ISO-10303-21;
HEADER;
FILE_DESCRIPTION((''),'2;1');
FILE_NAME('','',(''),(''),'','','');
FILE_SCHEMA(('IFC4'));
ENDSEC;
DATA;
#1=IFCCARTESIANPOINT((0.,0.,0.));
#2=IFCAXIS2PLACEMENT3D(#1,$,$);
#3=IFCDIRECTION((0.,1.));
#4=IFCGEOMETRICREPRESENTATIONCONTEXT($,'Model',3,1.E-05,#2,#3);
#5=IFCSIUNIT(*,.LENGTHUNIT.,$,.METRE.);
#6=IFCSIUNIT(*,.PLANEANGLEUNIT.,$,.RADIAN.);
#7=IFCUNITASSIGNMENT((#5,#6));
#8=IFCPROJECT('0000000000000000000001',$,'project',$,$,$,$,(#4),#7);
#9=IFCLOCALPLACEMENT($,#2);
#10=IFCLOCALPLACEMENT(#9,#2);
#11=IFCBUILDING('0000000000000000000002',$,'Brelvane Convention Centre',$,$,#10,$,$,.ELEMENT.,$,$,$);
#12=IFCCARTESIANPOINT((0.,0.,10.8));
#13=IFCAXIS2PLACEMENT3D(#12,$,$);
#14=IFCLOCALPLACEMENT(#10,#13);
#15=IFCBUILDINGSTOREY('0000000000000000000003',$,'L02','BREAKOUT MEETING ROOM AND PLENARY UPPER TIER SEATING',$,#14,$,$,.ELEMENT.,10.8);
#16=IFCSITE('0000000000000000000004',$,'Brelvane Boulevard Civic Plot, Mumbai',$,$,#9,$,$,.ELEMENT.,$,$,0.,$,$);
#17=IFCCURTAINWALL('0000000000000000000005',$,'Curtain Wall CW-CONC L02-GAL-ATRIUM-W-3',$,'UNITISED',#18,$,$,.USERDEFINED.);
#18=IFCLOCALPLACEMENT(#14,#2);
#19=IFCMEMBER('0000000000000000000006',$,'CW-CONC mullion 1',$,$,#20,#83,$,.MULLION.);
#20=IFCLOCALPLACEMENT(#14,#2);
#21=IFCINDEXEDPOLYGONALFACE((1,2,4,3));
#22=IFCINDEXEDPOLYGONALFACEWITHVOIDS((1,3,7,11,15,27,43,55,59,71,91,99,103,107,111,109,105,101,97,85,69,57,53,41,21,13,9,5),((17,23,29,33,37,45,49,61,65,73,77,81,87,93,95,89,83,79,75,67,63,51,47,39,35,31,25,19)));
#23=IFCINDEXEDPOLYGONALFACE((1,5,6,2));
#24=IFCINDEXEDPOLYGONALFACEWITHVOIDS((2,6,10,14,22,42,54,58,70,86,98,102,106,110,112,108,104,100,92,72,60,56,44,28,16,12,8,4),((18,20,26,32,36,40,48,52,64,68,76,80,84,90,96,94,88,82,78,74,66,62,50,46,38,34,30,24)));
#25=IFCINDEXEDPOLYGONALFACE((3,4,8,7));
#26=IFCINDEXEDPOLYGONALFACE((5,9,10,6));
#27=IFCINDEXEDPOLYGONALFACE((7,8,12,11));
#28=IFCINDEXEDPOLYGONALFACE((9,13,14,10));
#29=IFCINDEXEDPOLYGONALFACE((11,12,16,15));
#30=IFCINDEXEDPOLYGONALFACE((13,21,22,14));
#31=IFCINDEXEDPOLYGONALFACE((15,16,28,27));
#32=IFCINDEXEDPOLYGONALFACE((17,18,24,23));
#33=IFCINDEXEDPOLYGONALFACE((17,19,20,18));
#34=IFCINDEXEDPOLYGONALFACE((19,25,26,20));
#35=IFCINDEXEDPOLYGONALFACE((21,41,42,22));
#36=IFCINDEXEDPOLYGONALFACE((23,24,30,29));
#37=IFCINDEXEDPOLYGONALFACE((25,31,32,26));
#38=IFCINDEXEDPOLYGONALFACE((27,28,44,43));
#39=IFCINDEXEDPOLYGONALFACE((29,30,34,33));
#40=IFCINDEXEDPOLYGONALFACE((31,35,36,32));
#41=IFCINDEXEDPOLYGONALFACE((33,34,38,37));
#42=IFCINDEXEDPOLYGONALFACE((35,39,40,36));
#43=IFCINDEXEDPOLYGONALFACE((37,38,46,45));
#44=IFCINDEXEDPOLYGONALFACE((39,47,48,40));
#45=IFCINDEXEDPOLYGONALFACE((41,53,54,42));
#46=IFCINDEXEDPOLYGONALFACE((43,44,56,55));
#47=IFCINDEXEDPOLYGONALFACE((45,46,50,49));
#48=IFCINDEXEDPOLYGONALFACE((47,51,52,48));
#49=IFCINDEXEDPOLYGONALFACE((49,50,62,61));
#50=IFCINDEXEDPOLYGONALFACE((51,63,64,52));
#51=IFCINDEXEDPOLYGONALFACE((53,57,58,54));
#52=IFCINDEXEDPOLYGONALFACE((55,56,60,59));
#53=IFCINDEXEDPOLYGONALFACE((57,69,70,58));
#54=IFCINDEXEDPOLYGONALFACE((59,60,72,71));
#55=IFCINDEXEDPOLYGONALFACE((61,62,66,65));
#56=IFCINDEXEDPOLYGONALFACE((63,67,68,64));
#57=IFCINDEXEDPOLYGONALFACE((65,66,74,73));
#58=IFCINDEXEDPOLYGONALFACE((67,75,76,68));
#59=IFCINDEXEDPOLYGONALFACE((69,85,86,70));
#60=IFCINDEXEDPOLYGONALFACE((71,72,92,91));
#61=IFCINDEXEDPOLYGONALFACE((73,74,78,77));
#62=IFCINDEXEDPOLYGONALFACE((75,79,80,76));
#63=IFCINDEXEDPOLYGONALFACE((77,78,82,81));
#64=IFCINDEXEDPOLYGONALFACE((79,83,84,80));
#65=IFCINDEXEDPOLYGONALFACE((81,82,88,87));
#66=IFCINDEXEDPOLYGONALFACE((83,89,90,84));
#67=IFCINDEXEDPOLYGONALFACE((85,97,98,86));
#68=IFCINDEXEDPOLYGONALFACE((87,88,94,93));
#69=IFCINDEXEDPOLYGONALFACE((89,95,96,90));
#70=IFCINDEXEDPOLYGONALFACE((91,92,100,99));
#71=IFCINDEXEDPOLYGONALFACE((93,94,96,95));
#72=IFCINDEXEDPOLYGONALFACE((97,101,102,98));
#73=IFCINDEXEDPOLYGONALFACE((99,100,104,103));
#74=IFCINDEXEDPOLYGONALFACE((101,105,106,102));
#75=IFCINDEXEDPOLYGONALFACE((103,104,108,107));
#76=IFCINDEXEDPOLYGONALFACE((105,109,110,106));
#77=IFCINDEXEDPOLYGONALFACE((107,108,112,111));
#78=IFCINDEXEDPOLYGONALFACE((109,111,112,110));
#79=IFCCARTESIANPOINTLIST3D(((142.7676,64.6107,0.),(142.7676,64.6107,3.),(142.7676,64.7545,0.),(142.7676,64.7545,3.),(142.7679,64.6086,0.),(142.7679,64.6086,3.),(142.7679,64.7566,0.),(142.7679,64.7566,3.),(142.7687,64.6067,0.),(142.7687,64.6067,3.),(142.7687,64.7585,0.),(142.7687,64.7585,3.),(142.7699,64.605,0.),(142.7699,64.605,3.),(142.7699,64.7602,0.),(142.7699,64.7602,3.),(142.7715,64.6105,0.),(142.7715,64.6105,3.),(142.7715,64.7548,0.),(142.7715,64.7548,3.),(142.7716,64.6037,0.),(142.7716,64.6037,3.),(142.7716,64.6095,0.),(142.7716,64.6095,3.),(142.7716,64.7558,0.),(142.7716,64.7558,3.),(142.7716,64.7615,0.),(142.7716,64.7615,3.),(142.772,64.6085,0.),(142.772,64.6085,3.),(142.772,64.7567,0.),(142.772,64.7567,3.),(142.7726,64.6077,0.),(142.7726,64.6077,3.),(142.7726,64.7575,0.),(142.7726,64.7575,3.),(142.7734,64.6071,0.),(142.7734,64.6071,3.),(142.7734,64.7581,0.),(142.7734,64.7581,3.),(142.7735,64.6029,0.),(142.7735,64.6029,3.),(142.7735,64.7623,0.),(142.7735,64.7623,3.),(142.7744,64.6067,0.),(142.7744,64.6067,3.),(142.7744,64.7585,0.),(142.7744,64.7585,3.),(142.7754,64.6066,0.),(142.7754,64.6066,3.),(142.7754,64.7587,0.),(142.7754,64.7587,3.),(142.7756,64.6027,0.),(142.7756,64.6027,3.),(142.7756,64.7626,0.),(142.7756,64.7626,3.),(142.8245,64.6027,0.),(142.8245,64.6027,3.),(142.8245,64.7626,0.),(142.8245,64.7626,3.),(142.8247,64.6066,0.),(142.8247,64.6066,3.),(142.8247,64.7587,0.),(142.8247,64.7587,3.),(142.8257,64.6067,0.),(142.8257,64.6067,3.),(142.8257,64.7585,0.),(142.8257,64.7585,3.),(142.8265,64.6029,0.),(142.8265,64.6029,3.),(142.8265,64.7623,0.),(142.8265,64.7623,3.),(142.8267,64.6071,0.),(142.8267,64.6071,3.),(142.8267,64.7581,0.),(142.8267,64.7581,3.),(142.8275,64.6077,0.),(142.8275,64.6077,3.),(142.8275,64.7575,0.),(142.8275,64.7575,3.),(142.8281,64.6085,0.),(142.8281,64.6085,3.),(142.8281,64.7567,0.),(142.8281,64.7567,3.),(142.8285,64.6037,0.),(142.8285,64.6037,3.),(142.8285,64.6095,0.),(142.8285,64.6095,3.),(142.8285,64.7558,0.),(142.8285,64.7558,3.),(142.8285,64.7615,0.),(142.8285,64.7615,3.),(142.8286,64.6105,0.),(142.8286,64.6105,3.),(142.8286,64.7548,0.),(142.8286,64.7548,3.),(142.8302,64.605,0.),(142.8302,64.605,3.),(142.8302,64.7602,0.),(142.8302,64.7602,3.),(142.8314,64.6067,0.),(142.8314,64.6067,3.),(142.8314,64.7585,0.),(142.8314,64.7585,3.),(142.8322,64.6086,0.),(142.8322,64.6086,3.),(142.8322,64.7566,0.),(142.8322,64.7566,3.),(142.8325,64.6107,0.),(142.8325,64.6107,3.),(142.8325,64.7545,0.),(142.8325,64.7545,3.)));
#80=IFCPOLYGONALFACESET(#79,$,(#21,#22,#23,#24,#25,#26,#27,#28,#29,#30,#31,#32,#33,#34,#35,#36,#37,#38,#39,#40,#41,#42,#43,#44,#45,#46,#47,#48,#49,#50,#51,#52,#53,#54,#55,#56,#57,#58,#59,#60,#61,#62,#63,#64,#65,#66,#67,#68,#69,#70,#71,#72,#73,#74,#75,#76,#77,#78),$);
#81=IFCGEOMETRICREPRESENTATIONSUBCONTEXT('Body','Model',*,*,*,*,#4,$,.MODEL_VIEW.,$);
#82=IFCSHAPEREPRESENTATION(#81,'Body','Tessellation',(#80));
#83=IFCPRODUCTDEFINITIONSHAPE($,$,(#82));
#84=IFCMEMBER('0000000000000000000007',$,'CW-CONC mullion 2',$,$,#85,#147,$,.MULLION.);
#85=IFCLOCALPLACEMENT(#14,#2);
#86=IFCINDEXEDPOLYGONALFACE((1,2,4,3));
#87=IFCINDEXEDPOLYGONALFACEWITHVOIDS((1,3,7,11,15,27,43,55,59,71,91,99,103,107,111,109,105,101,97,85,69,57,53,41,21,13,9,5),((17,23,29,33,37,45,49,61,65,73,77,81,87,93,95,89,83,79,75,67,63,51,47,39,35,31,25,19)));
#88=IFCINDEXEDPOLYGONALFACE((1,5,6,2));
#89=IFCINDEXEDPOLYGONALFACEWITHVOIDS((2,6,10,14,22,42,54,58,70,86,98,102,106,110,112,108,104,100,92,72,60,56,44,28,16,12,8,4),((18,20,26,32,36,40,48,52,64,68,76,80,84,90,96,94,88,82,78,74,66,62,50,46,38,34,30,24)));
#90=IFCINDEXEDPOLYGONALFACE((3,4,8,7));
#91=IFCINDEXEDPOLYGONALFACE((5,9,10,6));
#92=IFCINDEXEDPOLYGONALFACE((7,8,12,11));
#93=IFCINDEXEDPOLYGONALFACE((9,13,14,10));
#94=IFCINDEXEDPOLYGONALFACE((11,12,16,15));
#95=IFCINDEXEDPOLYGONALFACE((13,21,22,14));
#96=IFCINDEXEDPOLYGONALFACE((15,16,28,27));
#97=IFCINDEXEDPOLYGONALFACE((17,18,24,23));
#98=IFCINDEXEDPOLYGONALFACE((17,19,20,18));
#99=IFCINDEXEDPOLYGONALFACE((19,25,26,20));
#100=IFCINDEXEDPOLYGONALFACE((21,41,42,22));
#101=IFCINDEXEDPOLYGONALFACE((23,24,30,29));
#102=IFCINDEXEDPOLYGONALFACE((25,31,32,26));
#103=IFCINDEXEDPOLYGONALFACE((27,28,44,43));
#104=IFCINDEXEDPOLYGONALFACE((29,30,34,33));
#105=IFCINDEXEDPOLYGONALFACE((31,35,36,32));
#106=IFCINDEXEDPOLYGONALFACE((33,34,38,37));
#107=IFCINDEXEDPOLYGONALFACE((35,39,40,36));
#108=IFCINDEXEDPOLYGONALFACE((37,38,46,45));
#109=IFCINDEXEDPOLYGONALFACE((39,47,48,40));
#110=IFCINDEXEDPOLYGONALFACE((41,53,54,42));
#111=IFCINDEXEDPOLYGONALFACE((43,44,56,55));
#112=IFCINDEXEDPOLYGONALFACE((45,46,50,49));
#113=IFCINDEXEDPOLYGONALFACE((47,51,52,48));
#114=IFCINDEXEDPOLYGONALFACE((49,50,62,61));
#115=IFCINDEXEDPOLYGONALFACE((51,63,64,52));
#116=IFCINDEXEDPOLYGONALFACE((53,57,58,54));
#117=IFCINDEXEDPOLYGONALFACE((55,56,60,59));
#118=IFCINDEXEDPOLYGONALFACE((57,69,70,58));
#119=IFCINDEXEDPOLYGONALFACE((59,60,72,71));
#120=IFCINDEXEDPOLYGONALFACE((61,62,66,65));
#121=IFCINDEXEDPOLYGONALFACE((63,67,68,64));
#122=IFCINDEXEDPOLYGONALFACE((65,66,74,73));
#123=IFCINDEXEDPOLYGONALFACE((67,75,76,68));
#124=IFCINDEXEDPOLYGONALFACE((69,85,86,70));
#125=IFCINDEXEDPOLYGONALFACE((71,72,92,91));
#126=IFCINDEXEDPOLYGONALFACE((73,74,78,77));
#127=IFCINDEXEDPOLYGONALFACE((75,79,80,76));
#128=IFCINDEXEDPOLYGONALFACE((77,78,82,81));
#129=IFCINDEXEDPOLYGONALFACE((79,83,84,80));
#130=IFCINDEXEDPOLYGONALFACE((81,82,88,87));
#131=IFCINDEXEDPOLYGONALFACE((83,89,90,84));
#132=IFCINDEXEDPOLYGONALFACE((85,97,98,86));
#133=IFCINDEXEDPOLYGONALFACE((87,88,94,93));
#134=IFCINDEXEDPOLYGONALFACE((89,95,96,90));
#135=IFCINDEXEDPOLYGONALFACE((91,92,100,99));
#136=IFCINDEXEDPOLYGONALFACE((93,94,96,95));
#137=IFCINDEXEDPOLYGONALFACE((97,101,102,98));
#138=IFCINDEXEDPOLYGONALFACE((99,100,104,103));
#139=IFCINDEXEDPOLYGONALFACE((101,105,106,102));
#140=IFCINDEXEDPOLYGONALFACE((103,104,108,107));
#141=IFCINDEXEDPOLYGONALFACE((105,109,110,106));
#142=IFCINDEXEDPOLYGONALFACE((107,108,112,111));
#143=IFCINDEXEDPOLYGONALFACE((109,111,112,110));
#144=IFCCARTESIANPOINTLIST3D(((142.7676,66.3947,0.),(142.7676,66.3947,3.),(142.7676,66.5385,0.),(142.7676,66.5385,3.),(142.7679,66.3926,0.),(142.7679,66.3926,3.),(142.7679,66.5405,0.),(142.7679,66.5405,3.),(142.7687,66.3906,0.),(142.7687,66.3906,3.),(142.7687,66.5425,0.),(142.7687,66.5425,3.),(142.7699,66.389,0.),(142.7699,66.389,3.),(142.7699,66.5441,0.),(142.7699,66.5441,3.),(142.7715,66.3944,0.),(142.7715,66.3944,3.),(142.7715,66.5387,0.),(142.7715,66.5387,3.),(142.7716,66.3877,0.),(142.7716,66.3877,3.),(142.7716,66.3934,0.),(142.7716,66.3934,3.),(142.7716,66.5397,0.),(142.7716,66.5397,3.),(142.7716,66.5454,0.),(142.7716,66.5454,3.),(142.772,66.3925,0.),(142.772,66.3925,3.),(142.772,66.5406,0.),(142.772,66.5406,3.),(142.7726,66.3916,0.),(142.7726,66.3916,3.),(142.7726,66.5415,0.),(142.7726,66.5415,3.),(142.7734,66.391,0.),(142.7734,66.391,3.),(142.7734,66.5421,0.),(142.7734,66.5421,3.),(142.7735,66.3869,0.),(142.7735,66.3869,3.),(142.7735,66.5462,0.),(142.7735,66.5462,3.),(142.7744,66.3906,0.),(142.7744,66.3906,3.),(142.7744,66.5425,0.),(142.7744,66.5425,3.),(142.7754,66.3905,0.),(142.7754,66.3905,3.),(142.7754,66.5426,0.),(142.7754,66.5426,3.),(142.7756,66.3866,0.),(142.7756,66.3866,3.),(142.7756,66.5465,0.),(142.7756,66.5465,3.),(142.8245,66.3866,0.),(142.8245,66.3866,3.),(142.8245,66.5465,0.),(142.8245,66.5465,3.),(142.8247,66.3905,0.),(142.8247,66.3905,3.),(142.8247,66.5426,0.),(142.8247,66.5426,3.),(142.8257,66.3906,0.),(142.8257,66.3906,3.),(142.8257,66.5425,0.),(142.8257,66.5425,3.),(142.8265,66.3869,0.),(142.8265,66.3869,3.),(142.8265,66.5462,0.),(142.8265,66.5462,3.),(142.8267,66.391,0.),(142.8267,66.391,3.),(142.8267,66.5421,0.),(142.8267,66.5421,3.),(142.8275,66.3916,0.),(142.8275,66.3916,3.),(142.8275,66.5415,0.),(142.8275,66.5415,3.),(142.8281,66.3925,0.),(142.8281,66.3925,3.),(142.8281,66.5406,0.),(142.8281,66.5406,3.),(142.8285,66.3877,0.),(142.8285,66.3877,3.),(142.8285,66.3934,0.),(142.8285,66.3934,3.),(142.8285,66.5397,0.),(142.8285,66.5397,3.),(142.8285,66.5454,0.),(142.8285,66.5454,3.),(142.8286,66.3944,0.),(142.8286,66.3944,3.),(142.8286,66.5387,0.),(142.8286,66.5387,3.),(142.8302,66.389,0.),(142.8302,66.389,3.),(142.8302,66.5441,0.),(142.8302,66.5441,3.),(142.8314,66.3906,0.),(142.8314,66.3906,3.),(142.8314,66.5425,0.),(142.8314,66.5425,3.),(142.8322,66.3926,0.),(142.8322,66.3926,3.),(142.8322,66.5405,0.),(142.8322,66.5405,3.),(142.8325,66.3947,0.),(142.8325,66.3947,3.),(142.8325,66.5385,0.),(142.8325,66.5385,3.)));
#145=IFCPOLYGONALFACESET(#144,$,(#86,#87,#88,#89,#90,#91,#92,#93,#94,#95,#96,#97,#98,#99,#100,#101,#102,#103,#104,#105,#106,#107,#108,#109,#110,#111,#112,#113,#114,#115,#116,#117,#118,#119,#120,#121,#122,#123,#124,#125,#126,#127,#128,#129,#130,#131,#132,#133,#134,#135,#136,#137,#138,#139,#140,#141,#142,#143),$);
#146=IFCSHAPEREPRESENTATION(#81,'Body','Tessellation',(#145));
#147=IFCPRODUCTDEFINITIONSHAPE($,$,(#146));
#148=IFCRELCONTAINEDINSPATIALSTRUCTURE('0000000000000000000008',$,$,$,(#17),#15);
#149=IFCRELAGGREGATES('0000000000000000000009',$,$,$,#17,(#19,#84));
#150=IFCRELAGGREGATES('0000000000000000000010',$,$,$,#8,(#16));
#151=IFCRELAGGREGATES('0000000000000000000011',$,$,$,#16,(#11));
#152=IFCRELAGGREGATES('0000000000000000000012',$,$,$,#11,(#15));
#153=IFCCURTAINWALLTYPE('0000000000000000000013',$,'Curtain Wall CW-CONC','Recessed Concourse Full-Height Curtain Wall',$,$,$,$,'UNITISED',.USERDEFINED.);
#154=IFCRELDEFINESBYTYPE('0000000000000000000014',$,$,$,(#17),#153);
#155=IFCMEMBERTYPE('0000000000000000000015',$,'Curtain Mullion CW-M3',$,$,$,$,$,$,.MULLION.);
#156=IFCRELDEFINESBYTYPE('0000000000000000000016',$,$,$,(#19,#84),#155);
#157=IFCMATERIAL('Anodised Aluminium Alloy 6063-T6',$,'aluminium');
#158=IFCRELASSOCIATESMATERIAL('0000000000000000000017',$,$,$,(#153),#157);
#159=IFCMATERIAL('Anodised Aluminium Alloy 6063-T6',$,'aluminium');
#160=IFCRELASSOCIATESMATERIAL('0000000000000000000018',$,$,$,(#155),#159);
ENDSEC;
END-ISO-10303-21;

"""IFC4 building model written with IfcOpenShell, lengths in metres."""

from ifc_helpers import new_model, si_unit, direction, frame, origin, origin_2d, place, context, subcontext, project, spatial, hollow_rectangle, extrude, material, material_profile, profile_set, type_object, element, aggregate, save


model = new_model("IFC4")

# Units and contexts
model_context = context("Model", 3, precision=1e-05, world=origin(), true_north=direction((0.0, 1.0)))
body_context = subcontext(model_context, "Body", "Model", "MODEL_VIEW")
ifc_project = project(units=[si_unit("LENGTHUNIT", "METRE"), si_unit("PLANEANGLEUNIT", "RADIAN")], contexts=[model_context])

# Site, building, storey
site_placement = place(None, origin())
site = spatial("IfcSite", under=ifc_project, at=site_placement, Name="Brelvane Boulevard Civic Plot, Mumbai", CompositionType="ELEMENT", RefElevation=0.0)
building_placement = place(site_placement, origin())
building = spatial("IfcBuilding", under=site, at=building_placement, Name="Brelvane Convention Centre", CompositionType="ELEMENT")
storey_placement = place(building_placement, frame((0.0, 0.0, 10.8)))
storey = spatial("IfcBuildingStorey", under=building, at=storey_placement, Name="L02", Description="BREAKOUT MEETING ROOM AND PLENARY UPPER TIER SEATING", CompositionType="ELEMENT", Elevation=10.8)

# Curtain wall, members
ifc_material_1 = material(Name="Anodised Aluminium Alloy 6063-T6", Category="aluminium")
curtain_wall_type = type_object("IfcCurtainWallType", Name="Curtain Wall CW-CONC", Description="Recessed Concourse Full-Height Curtain Wall", ElementType="UNITISED", PredefinedType="USERDEFINED", material=ifc_material_1)
curtain_wall_placement = place(storey_placement, origin())
curtain_wall = element("IfcCurtainWall", 1, at=curtain_wall_placement, inside=storey, type_object=curtain_wall_type, Name="Curtain Wall CW-CONC L02-GAL-ATRIUM-W-3", ObjectType="UNITISED", PredefinedType="USERDEFINED")
ifc_material_2 = material(Name="Anodised Aluminium Alloy 6063-T6", Category="aluminium")
ifc_material_profile_1 = material_profile(ifc_material_2, hollow_rectangle(XDim=0.0649, YDim=0.1599, WallThickness=0.0039, InnerFilletRadius=0.0039, OuterFilletRadius=0.0081, at=origin_2d()), Name="ALU-M 160x65x4.0")
ifc_profile_set_1 = profile_set([ifc_material_profile_1], Name="Anodised Aluminium Alloy 6063-T6")
member_type_1 = type_object("IfcMemberType", Name="Curtain Mullion CW-M3", PredefinedType="MULLION", material=ifc_profile_set_1)
member_1_placement = place(storey_placement, frame((142.8, 64.6826, 0.0), z_axis=(0.0, 0.0, 1.0), x_axis=(-1.0, 0.0, 0.0)))
member_1 = element("IfcMember", 2, at=member_1_placement, type_object=member_type_1, Name="CW-CONC mullion 1", PredefinedType="MULLION", context=body_context, shape_type="SweptSolid", body=[
    extrude(hollow_rectangle(XDim=0.0649, YDim=0.1599, WallThickness=0.0039, InnerFilletRadius=0.0039, OuterFilletRadius=0.0081, at=origin_2d()), origin(), (0.0, 0.0, 1.0), 3.0),
])
member_2_placement = place(storey_placement, frame((142.8, 66.4666, 0.0), z_axis=(0.0, 0.0, 1.0), x_axis=(-1.0, 0.0, 0.0)))
member_2 = element("IfcMember", 3, at=member_2_placement, type_object=member_type_1, Name="CW-CONC mullion 2", PredefinedType="MULLION", context=body_context, shape_type="SweptSolid", body=[
    extrude(hollow_rectangle(XDim=0.0649, YDim=0.1599, WallThickness=0.0039, InnerFilletRadius=0.0039, OuterFilletRadius=0.0081, at=origin_2d()), origin(), (0.0, 0.0, 1.0), 3.0),
])

aggregate(curtain_wall, [member_1, member_2])

save(model, "model.ifc")
